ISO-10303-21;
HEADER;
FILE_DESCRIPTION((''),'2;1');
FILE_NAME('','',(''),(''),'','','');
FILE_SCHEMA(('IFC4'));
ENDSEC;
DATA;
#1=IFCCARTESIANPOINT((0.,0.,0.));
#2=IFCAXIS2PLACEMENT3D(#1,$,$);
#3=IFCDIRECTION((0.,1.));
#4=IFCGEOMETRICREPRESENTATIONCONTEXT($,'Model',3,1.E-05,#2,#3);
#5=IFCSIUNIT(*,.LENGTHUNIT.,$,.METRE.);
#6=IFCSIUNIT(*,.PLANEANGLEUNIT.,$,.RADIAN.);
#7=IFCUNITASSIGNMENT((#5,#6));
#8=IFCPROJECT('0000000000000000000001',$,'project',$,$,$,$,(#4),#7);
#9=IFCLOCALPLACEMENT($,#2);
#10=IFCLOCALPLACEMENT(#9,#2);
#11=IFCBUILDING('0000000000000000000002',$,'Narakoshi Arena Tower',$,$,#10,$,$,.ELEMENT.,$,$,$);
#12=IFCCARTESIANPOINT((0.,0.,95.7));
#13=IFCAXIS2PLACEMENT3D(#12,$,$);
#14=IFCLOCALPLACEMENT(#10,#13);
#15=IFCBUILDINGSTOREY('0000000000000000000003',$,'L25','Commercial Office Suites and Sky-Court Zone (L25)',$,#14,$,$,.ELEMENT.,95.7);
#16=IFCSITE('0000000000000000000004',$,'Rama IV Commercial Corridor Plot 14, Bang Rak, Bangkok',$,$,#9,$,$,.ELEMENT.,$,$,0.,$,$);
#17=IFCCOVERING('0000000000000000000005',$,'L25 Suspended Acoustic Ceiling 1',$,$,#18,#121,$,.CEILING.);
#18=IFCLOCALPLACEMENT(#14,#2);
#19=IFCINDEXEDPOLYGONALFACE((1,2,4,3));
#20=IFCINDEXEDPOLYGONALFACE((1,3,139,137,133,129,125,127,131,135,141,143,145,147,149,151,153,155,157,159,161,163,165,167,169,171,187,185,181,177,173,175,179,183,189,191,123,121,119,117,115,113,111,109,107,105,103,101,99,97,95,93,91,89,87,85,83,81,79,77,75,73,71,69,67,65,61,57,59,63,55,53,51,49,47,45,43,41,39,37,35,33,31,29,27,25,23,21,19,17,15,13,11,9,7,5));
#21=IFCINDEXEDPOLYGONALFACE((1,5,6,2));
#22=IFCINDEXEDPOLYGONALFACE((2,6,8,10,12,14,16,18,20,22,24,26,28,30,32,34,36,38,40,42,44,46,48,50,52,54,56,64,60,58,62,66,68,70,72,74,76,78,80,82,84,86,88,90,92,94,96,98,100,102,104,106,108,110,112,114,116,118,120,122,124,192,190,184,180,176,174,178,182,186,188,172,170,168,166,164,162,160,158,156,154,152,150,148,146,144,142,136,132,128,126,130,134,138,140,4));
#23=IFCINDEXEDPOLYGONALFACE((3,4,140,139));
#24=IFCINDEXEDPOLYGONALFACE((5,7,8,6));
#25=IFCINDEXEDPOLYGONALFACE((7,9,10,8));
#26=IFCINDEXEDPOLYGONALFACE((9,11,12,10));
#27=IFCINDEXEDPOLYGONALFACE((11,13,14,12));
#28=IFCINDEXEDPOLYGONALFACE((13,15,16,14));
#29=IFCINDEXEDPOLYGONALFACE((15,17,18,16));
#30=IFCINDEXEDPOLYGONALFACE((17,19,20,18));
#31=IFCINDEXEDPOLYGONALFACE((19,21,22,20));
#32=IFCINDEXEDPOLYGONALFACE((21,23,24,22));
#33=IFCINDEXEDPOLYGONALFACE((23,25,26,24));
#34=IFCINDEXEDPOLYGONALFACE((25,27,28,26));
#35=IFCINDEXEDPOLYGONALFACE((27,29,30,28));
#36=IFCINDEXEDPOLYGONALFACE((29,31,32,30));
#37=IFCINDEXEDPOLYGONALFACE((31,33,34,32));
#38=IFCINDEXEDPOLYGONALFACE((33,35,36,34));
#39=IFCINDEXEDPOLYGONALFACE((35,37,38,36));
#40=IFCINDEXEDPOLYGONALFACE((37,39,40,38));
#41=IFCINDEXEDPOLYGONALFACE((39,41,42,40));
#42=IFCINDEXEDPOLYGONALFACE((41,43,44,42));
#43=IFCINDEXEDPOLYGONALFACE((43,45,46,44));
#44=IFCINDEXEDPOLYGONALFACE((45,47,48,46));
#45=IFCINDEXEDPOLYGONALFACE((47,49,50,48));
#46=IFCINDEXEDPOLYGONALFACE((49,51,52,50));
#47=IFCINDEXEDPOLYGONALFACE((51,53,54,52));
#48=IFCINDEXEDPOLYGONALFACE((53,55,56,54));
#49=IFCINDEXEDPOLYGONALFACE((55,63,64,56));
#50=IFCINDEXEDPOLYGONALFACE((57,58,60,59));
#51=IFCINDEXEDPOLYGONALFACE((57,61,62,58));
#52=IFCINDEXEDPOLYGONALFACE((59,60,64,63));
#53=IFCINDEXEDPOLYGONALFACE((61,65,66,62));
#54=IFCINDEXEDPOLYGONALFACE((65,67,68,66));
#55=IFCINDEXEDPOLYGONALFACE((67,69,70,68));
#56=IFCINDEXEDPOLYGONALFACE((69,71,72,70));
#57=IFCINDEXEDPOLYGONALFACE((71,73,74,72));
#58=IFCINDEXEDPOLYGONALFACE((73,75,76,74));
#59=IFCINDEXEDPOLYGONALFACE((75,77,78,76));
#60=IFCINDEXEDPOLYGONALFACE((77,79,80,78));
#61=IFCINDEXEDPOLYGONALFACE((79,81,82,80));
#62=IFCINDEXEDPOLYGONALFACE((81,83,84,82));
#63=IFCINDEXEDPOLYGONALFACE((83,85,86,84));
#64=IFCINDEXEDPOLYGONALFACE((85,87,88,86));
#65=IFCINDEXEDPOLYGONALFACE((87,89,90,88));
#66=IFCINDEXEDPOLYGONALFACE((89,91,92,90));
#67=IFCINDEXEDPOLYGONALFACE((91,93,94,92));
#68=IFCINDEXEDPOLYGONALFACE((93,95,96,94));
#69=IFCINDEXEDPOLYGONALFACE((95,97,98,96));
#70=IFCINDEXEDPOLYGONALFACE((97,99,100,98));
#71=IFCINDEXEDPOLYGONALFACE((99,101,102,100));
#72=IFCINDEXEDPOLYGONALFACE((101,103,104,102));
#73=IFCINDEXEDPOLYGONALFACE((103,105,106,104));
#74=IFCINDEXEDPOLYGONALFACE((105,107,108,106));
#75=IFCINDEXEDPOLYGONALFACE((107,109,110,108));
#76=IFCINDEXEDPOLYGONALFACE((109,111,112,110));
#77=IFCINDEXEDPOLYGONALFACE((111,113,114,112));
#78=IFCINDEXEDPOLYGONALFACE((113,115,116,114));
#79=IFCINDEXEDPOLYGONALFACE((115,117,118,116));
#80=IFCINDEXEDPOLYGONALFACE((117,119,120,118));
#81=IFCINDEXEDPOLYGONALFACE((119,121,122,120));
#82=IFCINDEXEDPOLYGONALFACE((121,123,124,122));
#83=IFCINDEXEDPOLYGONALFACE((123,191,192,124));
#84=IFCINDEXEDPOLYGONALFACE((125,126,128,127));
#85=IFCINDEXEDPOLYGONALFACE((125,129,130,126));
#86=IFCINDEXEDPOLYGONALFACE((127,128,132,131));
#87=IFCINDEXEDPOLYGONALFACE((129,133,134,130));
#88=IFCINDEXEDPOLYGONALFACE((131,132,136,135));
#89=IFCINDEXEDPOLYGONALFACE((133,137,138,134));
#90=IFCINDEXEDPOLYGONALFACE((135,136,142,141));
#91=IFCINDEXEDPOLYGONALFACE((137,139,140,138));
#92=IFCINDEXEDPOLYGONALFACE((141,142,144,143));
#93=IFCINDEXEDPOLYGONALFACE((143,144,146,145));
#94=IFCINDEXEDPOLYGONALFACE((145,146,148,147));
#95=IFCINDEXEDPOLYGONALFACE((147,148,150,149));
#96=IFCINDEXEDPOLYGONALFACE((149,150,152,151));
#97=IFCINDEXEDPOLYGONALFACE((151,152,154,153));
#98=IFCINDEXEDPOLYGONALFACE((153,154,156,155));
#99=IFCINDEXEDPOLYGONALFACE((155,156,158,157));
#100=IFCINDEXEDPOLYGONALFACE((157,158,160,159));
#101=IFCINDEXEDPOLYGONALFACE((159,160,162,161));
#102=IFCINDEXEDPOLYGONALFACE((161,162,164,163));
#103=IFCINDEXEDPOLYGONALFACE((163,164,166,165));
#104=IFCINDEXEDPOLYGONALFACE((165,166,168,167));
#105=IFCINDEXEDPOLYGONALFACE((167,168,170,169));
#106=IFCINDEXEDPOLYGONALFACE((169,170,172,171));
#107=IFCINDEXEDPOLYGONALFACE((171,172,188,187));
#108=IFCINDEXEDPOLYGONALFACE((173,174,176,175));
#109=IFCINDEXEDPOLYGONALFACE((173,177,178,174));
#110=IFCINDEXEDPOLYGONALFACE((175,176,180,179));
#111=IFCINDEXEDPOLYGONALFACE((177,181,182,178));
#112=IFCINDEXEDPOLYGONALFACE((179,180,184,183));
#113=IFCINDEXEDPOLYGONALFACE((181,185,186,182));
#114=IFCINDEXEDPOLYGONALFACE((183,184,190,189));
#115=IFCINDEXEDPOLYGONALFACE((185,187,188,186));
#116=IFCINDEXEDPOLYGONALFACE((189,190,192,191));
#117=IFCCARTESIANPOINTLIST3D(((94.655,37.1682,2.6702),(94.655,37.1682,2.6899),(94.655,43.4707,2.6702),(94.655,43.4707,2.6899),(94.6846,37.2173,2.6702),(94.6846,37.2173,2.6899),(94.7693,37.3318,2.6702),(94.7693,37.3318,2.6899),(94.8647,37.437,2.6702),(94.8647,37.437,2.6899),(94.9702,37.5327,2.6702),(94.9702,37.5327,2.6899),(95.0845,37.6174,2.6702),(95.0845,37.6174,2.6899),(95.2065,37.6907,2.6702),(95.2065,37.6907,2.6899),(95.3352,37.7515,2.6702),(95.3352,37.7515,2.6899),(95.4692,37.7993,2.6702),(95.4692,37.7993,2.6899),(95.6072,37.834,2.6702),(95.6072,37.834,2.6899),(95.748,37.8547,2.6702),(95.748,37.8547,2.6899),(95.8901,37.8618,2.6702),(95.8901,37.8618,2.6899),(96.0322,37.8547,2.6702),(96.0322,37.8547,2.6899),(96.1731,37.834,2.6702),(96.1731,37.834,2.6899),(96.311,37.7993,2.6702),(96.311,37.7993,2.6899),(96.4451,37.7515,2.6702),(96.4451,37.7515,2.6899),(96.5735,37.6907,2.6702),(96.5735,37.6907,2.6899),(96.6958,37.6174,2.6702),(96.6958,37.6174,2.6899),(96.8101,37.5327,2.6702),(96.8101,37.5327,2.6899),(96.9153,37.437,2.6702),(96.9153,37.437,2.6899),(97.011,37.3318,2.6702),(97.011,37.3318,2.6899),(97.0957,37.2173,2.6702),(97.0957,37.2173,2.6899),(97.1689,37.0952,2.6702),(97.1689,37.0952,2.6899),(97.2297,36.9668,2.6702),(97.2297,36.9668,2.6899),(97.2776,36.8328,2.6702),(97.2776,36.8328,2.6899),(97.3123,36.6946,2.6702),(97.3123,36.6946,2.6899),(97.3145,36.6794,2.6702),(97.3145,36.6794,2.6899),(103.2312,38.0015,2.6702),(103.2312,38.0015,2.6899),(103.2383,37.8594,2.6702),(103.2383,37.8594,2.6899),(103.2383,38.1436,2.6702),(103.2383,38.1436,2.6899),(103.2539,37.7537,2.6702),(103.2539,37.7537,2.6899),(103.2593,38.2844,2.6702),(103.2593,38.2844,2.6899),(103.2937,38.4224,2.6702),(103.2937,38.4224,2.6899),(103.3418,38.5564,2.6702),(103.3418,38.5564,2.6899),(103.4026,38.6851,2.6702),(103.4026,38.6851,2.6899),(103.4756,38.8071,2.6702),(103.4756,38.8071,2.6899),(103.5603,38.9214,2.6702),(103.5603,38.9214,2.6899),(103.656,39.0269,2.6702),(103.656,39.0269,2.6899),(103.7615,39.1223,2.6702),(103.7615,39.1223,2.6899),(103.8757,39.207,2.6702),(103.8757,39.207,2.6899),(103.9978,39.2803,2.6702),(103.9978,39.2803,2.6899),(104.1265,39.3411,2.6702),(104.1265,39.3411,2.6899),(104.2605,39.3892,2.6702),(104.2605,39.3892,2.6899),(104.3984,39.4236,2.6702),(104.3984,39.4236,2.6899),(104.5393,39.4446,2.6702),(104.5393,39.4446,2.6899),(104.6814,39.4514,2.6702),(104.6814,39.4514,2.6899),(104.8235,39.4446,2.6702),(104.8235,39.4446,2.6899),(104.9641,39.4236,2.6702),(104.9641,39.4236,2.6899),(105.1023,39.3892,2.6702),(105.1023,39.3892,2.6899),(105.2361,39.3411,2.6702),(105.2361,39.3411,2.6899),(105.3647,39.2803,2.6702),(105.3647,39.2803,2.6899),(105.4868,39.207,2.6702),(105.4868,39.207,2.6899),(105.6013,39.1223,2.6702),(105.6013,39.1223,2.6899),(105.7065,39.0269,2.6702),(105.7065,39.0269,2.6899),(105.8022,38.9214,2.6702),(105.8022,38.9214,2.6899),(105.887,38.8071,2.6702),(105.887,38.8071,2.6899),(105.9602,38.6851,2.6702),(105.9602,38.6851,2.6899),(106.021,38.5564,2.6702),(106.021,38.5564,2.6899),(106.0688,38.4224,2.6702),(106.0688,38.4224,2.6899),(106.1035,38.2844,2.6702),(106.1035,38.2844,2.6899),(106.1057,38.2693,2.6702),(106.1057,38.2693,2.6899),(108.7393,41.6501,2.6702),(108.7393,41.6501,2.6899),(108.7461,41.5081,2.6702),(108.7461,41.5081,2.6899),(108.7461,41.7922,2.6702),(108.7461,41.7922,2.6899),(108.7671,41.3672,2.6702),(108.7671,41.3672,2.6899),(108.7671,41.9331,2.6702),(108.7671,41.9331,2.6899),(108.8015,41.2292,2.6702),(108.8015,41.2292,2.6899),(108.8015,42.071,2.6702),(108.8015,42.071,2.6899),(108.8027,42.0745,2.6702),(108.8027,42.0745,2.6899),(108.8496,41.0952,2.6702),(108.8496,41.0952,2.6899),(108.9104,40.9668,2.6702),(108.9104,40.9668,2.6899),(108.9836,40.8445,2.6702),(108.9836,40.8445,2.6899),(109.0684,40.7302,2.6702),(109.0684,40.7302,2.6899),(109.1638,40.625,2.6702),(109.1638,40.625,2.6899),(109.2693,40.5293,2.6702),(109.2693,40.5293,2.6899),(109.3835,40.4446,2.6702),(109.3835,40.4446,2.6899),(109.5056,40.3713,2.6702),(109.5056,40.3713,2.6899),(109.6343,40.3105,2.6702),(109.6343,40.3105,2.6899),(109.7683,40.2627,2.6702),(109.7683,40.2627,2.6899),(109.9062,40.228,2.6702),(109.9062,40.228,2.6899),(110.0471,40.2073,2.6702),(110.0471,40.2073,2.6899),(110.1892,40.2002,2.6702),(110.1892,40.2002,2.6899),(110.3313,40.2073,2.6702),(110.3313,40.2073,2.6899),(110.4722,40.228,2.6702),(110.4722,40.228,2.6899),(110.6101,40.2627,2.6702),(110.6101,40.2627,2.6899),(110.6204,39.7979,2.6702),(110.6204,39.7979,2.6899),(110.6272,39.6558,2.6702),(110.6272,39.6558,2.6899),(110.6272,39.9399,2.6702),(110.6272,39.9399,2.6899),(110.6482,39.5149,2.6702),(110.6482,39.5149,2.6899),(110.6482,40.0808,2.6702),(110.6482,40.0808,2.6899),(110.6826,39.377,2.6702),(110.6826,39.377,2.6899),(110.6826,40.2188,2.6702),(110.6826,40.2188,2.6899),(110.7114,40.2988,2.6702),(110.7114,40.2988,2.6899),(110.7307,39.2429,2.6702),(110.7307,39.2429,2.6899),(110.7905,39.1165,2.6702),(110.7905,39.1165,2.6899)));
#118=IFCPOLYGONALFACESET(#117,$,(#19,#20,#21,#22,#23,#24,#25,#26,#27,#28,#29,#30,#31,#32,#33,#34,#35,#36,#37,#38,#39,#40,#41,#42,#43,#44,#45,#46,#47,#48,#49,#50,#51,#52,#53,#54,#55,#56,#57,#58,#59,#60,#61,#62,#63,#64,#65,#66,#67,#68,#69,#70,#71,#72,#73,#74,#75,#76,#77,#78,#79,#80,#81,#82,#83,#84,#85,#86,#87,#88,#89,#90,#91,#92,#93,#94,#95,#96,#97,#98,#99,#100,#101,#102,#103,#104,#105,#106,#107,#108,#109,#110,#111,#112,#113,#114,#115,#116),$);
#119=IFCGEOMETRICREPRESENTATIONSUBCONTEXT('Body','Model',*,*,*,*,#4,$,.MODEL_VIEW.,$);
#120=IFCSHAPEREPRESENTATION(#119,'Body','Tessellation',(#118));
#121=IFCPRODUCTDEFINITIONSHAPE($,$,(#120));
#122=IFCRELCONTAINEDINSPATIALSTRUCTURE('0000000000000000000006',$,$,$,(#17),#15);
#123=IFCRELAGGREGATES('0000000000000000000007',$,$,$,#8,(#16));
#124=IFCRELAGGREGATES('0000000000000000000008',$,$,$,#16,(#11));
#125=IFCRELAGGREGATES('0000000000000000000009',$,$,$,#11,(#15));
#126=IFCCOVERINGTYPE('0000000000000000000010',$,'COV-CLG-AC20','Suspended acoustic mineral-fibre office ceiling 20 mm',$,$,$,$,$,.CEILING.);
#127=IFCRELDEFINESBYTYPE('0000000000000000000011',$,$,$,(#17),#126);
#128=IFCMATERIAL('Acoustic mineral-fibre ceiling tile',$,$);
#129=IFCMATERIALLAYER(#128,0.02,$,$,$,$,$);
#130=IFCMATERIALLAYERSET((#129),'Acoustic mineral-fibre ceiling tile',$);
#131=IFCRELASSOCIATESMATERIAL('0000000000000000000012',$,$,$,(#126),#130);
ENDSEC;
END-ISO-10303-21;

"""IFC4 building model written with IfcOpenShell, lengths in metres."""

from ifc_helpers import new_model, si_unit, direction, frame, origin, place, context, subcontext, project, spatial, polyline, outline, extrude, material, layer, layer_set, type_object, element, save


model = new_model("IFC4")

# Units and contexts
model_context = context("Model", 3, precision=1e-05, world=origin(), true_north=direction((0.0, 1.0)))
body_context = subcontext(model_context, "Body", "Model", "MODEL_VIEW")
ifc_project = project(units=[si_unit("LENGTHUNIT", "METRE"), si_unit("PLANEANGLEUNIT", "RADIAN")], contexts=[model_context])

# Site, building, storey
site_placement = place(None, origin())
site = spatial("IfcSite", under=ifc_project, at=site_placement, Name="Rama IV Commercial Corridor Plot 14, Bang Rak, Bangkok", CompositionType="ELEMENT", RefElevation=0.0)
building_placement = place(site_placement, origin())
building = spatial("IfcBuilding", under=site, at=building_placement, Name="Narakoshi Arena Tower", CompositionType="ELEMENT")
storey_placement = place(building_placement, frame((0.0, 0.0, 95.7)))
storey = spatial("IfcBuildingStorey", under=building, at=storey_placement, Name="L25", Description="Commercial Office Suites and Sky-Court Zone (L25)", CompositionType="ELEMENT", Elevation=95.7)

# Covering
ifc_material_1 = material(Name="Acoustic mineral-fibre ceiling tile")
ifc_layer_1 = layer(ifc_material_1, 0.02)
ifc_layer_set_1 = layer_set([ifc_layer_1], Name="Acoustic mineral-fibre ceiling tile")
covering_type_1 = type_object("IfcCoveringType", Name="COV-CLG-AC20", Description="Suspended acoustic mineral-fibre office ceiling 20 mm", PredefinedType="CEILING", material=ifc_layer_set_1)
covering_1_placement = place(storey_placement, frame((0.0, 0.0, 2.6702)))
element("IfcCovering", 1, at=covering_1_placement, inside=storey, type_object=covering_type_1, Name="L25 Suspended Acoustic Ceiling 1", PredefinedType="CEILING", context=body_context, shape_type="SweptSolid", body=[
    extrude(outline(polyline([(106.1057, 38.2693), (106.1035, 38.2844), (106.0688, 38.4224), (106.021, 38.5564), (105.9602, 38.6851), (105.887, 38.8071), (105.8022, 38.9214), (105.7065, 39.0269), (105.6013, 39.1223), (105.4868, 39.207), (105.3647, 39.2803), (105.2361, 39.3411), (105.1023, 39.3892), (104.9641, 39.4236), (104.8235, 39.4446), (104.6814, 39.4514), (104.5393, 39.4446), (104.3984, 39.4236), (104.2605, 39.3892), (104.1265, 39.3411), (103.9978, 39.2803), (103.8757, 39.207), (103.7615, 39.1223), (103.656, 39.0269), (103.5603, 38.9214), (103.4756, 38.8071), (103.4026, 38.6851), (103.3418, 38.5564), (103.2937, 38.4224), (103.2593, 38.2844), (103.2383, 38.1436), (103.2312, 38.0015), (103.2383, 37.8594), (103.2539, 37.7537), (97.3145, 36.6794), (97.3123, 36.6946), (97.2776, 36.8328), (97.2297, 36.9668), (97.1689, 37.0952), (97.0957, 37.2173), (97.011, 37.3318), (96.9153, 37.437), (96.8101, 37.5327), (96.6958, 37.6174), (96.5735, 37.6907), (96.4451, 37.7515), (96.311, 37.7993), (96.1731, 37.834), (96.0322, 37.8547), (95.8901, 37.8618), (95.748, 37.8547), (95.6072, 37.834), (95.4692, 37.7993), (95.3352, 37.7515), (95.2065, 37.6907), (95.0845, 37.6174), (94.9702, 37.5327), (94.8647, 37.437), (94.7693, 37.3318), (94.6846, 37.2173), (94.655, 37.1682), (94.655, 43.4707), (108.8027, 42.0745), (108.8015, 42.071), (108.7671, 41.9331), (108.7461, 41.7922), (108.7393, 41.6501), (108.7461, 41.5081), (108.7671, 41.3672), (108.8015, 41.2292), (108.8496, 41.0952), (108.9104, 40.9668), (108.9836, 40.8445), (109.0684, 40.7302), (109.1638, 40.625), (109.2693, 40.5293), (109.3835, 40.4446), (109.5056, 40.3713), (109.6343, 40.3105), (109.7683, 40.2627), (109.9062, 40.228), (110.0471, 40.2073), (110.1892, 40.2002), (110.3313, 40.2073), (110.4722, 40.228), (110.6101, 40.2627), (110.7114, 40.2988), (110.6826, 40.2188), (110.6482, 40.0808), (110.6272, 39.9399), (110.6204, 39.7979), (110.6272, 39.6558), (110.6482, 39.5149), (110.6826, 39.377), (110.7307, 39.2429), (110.7905, 39.1165), (106.1057, 38.2693)])), origin(), (0.0, 0.0, 1.0), 0.0198),
])

save(model, "model.ifc")
